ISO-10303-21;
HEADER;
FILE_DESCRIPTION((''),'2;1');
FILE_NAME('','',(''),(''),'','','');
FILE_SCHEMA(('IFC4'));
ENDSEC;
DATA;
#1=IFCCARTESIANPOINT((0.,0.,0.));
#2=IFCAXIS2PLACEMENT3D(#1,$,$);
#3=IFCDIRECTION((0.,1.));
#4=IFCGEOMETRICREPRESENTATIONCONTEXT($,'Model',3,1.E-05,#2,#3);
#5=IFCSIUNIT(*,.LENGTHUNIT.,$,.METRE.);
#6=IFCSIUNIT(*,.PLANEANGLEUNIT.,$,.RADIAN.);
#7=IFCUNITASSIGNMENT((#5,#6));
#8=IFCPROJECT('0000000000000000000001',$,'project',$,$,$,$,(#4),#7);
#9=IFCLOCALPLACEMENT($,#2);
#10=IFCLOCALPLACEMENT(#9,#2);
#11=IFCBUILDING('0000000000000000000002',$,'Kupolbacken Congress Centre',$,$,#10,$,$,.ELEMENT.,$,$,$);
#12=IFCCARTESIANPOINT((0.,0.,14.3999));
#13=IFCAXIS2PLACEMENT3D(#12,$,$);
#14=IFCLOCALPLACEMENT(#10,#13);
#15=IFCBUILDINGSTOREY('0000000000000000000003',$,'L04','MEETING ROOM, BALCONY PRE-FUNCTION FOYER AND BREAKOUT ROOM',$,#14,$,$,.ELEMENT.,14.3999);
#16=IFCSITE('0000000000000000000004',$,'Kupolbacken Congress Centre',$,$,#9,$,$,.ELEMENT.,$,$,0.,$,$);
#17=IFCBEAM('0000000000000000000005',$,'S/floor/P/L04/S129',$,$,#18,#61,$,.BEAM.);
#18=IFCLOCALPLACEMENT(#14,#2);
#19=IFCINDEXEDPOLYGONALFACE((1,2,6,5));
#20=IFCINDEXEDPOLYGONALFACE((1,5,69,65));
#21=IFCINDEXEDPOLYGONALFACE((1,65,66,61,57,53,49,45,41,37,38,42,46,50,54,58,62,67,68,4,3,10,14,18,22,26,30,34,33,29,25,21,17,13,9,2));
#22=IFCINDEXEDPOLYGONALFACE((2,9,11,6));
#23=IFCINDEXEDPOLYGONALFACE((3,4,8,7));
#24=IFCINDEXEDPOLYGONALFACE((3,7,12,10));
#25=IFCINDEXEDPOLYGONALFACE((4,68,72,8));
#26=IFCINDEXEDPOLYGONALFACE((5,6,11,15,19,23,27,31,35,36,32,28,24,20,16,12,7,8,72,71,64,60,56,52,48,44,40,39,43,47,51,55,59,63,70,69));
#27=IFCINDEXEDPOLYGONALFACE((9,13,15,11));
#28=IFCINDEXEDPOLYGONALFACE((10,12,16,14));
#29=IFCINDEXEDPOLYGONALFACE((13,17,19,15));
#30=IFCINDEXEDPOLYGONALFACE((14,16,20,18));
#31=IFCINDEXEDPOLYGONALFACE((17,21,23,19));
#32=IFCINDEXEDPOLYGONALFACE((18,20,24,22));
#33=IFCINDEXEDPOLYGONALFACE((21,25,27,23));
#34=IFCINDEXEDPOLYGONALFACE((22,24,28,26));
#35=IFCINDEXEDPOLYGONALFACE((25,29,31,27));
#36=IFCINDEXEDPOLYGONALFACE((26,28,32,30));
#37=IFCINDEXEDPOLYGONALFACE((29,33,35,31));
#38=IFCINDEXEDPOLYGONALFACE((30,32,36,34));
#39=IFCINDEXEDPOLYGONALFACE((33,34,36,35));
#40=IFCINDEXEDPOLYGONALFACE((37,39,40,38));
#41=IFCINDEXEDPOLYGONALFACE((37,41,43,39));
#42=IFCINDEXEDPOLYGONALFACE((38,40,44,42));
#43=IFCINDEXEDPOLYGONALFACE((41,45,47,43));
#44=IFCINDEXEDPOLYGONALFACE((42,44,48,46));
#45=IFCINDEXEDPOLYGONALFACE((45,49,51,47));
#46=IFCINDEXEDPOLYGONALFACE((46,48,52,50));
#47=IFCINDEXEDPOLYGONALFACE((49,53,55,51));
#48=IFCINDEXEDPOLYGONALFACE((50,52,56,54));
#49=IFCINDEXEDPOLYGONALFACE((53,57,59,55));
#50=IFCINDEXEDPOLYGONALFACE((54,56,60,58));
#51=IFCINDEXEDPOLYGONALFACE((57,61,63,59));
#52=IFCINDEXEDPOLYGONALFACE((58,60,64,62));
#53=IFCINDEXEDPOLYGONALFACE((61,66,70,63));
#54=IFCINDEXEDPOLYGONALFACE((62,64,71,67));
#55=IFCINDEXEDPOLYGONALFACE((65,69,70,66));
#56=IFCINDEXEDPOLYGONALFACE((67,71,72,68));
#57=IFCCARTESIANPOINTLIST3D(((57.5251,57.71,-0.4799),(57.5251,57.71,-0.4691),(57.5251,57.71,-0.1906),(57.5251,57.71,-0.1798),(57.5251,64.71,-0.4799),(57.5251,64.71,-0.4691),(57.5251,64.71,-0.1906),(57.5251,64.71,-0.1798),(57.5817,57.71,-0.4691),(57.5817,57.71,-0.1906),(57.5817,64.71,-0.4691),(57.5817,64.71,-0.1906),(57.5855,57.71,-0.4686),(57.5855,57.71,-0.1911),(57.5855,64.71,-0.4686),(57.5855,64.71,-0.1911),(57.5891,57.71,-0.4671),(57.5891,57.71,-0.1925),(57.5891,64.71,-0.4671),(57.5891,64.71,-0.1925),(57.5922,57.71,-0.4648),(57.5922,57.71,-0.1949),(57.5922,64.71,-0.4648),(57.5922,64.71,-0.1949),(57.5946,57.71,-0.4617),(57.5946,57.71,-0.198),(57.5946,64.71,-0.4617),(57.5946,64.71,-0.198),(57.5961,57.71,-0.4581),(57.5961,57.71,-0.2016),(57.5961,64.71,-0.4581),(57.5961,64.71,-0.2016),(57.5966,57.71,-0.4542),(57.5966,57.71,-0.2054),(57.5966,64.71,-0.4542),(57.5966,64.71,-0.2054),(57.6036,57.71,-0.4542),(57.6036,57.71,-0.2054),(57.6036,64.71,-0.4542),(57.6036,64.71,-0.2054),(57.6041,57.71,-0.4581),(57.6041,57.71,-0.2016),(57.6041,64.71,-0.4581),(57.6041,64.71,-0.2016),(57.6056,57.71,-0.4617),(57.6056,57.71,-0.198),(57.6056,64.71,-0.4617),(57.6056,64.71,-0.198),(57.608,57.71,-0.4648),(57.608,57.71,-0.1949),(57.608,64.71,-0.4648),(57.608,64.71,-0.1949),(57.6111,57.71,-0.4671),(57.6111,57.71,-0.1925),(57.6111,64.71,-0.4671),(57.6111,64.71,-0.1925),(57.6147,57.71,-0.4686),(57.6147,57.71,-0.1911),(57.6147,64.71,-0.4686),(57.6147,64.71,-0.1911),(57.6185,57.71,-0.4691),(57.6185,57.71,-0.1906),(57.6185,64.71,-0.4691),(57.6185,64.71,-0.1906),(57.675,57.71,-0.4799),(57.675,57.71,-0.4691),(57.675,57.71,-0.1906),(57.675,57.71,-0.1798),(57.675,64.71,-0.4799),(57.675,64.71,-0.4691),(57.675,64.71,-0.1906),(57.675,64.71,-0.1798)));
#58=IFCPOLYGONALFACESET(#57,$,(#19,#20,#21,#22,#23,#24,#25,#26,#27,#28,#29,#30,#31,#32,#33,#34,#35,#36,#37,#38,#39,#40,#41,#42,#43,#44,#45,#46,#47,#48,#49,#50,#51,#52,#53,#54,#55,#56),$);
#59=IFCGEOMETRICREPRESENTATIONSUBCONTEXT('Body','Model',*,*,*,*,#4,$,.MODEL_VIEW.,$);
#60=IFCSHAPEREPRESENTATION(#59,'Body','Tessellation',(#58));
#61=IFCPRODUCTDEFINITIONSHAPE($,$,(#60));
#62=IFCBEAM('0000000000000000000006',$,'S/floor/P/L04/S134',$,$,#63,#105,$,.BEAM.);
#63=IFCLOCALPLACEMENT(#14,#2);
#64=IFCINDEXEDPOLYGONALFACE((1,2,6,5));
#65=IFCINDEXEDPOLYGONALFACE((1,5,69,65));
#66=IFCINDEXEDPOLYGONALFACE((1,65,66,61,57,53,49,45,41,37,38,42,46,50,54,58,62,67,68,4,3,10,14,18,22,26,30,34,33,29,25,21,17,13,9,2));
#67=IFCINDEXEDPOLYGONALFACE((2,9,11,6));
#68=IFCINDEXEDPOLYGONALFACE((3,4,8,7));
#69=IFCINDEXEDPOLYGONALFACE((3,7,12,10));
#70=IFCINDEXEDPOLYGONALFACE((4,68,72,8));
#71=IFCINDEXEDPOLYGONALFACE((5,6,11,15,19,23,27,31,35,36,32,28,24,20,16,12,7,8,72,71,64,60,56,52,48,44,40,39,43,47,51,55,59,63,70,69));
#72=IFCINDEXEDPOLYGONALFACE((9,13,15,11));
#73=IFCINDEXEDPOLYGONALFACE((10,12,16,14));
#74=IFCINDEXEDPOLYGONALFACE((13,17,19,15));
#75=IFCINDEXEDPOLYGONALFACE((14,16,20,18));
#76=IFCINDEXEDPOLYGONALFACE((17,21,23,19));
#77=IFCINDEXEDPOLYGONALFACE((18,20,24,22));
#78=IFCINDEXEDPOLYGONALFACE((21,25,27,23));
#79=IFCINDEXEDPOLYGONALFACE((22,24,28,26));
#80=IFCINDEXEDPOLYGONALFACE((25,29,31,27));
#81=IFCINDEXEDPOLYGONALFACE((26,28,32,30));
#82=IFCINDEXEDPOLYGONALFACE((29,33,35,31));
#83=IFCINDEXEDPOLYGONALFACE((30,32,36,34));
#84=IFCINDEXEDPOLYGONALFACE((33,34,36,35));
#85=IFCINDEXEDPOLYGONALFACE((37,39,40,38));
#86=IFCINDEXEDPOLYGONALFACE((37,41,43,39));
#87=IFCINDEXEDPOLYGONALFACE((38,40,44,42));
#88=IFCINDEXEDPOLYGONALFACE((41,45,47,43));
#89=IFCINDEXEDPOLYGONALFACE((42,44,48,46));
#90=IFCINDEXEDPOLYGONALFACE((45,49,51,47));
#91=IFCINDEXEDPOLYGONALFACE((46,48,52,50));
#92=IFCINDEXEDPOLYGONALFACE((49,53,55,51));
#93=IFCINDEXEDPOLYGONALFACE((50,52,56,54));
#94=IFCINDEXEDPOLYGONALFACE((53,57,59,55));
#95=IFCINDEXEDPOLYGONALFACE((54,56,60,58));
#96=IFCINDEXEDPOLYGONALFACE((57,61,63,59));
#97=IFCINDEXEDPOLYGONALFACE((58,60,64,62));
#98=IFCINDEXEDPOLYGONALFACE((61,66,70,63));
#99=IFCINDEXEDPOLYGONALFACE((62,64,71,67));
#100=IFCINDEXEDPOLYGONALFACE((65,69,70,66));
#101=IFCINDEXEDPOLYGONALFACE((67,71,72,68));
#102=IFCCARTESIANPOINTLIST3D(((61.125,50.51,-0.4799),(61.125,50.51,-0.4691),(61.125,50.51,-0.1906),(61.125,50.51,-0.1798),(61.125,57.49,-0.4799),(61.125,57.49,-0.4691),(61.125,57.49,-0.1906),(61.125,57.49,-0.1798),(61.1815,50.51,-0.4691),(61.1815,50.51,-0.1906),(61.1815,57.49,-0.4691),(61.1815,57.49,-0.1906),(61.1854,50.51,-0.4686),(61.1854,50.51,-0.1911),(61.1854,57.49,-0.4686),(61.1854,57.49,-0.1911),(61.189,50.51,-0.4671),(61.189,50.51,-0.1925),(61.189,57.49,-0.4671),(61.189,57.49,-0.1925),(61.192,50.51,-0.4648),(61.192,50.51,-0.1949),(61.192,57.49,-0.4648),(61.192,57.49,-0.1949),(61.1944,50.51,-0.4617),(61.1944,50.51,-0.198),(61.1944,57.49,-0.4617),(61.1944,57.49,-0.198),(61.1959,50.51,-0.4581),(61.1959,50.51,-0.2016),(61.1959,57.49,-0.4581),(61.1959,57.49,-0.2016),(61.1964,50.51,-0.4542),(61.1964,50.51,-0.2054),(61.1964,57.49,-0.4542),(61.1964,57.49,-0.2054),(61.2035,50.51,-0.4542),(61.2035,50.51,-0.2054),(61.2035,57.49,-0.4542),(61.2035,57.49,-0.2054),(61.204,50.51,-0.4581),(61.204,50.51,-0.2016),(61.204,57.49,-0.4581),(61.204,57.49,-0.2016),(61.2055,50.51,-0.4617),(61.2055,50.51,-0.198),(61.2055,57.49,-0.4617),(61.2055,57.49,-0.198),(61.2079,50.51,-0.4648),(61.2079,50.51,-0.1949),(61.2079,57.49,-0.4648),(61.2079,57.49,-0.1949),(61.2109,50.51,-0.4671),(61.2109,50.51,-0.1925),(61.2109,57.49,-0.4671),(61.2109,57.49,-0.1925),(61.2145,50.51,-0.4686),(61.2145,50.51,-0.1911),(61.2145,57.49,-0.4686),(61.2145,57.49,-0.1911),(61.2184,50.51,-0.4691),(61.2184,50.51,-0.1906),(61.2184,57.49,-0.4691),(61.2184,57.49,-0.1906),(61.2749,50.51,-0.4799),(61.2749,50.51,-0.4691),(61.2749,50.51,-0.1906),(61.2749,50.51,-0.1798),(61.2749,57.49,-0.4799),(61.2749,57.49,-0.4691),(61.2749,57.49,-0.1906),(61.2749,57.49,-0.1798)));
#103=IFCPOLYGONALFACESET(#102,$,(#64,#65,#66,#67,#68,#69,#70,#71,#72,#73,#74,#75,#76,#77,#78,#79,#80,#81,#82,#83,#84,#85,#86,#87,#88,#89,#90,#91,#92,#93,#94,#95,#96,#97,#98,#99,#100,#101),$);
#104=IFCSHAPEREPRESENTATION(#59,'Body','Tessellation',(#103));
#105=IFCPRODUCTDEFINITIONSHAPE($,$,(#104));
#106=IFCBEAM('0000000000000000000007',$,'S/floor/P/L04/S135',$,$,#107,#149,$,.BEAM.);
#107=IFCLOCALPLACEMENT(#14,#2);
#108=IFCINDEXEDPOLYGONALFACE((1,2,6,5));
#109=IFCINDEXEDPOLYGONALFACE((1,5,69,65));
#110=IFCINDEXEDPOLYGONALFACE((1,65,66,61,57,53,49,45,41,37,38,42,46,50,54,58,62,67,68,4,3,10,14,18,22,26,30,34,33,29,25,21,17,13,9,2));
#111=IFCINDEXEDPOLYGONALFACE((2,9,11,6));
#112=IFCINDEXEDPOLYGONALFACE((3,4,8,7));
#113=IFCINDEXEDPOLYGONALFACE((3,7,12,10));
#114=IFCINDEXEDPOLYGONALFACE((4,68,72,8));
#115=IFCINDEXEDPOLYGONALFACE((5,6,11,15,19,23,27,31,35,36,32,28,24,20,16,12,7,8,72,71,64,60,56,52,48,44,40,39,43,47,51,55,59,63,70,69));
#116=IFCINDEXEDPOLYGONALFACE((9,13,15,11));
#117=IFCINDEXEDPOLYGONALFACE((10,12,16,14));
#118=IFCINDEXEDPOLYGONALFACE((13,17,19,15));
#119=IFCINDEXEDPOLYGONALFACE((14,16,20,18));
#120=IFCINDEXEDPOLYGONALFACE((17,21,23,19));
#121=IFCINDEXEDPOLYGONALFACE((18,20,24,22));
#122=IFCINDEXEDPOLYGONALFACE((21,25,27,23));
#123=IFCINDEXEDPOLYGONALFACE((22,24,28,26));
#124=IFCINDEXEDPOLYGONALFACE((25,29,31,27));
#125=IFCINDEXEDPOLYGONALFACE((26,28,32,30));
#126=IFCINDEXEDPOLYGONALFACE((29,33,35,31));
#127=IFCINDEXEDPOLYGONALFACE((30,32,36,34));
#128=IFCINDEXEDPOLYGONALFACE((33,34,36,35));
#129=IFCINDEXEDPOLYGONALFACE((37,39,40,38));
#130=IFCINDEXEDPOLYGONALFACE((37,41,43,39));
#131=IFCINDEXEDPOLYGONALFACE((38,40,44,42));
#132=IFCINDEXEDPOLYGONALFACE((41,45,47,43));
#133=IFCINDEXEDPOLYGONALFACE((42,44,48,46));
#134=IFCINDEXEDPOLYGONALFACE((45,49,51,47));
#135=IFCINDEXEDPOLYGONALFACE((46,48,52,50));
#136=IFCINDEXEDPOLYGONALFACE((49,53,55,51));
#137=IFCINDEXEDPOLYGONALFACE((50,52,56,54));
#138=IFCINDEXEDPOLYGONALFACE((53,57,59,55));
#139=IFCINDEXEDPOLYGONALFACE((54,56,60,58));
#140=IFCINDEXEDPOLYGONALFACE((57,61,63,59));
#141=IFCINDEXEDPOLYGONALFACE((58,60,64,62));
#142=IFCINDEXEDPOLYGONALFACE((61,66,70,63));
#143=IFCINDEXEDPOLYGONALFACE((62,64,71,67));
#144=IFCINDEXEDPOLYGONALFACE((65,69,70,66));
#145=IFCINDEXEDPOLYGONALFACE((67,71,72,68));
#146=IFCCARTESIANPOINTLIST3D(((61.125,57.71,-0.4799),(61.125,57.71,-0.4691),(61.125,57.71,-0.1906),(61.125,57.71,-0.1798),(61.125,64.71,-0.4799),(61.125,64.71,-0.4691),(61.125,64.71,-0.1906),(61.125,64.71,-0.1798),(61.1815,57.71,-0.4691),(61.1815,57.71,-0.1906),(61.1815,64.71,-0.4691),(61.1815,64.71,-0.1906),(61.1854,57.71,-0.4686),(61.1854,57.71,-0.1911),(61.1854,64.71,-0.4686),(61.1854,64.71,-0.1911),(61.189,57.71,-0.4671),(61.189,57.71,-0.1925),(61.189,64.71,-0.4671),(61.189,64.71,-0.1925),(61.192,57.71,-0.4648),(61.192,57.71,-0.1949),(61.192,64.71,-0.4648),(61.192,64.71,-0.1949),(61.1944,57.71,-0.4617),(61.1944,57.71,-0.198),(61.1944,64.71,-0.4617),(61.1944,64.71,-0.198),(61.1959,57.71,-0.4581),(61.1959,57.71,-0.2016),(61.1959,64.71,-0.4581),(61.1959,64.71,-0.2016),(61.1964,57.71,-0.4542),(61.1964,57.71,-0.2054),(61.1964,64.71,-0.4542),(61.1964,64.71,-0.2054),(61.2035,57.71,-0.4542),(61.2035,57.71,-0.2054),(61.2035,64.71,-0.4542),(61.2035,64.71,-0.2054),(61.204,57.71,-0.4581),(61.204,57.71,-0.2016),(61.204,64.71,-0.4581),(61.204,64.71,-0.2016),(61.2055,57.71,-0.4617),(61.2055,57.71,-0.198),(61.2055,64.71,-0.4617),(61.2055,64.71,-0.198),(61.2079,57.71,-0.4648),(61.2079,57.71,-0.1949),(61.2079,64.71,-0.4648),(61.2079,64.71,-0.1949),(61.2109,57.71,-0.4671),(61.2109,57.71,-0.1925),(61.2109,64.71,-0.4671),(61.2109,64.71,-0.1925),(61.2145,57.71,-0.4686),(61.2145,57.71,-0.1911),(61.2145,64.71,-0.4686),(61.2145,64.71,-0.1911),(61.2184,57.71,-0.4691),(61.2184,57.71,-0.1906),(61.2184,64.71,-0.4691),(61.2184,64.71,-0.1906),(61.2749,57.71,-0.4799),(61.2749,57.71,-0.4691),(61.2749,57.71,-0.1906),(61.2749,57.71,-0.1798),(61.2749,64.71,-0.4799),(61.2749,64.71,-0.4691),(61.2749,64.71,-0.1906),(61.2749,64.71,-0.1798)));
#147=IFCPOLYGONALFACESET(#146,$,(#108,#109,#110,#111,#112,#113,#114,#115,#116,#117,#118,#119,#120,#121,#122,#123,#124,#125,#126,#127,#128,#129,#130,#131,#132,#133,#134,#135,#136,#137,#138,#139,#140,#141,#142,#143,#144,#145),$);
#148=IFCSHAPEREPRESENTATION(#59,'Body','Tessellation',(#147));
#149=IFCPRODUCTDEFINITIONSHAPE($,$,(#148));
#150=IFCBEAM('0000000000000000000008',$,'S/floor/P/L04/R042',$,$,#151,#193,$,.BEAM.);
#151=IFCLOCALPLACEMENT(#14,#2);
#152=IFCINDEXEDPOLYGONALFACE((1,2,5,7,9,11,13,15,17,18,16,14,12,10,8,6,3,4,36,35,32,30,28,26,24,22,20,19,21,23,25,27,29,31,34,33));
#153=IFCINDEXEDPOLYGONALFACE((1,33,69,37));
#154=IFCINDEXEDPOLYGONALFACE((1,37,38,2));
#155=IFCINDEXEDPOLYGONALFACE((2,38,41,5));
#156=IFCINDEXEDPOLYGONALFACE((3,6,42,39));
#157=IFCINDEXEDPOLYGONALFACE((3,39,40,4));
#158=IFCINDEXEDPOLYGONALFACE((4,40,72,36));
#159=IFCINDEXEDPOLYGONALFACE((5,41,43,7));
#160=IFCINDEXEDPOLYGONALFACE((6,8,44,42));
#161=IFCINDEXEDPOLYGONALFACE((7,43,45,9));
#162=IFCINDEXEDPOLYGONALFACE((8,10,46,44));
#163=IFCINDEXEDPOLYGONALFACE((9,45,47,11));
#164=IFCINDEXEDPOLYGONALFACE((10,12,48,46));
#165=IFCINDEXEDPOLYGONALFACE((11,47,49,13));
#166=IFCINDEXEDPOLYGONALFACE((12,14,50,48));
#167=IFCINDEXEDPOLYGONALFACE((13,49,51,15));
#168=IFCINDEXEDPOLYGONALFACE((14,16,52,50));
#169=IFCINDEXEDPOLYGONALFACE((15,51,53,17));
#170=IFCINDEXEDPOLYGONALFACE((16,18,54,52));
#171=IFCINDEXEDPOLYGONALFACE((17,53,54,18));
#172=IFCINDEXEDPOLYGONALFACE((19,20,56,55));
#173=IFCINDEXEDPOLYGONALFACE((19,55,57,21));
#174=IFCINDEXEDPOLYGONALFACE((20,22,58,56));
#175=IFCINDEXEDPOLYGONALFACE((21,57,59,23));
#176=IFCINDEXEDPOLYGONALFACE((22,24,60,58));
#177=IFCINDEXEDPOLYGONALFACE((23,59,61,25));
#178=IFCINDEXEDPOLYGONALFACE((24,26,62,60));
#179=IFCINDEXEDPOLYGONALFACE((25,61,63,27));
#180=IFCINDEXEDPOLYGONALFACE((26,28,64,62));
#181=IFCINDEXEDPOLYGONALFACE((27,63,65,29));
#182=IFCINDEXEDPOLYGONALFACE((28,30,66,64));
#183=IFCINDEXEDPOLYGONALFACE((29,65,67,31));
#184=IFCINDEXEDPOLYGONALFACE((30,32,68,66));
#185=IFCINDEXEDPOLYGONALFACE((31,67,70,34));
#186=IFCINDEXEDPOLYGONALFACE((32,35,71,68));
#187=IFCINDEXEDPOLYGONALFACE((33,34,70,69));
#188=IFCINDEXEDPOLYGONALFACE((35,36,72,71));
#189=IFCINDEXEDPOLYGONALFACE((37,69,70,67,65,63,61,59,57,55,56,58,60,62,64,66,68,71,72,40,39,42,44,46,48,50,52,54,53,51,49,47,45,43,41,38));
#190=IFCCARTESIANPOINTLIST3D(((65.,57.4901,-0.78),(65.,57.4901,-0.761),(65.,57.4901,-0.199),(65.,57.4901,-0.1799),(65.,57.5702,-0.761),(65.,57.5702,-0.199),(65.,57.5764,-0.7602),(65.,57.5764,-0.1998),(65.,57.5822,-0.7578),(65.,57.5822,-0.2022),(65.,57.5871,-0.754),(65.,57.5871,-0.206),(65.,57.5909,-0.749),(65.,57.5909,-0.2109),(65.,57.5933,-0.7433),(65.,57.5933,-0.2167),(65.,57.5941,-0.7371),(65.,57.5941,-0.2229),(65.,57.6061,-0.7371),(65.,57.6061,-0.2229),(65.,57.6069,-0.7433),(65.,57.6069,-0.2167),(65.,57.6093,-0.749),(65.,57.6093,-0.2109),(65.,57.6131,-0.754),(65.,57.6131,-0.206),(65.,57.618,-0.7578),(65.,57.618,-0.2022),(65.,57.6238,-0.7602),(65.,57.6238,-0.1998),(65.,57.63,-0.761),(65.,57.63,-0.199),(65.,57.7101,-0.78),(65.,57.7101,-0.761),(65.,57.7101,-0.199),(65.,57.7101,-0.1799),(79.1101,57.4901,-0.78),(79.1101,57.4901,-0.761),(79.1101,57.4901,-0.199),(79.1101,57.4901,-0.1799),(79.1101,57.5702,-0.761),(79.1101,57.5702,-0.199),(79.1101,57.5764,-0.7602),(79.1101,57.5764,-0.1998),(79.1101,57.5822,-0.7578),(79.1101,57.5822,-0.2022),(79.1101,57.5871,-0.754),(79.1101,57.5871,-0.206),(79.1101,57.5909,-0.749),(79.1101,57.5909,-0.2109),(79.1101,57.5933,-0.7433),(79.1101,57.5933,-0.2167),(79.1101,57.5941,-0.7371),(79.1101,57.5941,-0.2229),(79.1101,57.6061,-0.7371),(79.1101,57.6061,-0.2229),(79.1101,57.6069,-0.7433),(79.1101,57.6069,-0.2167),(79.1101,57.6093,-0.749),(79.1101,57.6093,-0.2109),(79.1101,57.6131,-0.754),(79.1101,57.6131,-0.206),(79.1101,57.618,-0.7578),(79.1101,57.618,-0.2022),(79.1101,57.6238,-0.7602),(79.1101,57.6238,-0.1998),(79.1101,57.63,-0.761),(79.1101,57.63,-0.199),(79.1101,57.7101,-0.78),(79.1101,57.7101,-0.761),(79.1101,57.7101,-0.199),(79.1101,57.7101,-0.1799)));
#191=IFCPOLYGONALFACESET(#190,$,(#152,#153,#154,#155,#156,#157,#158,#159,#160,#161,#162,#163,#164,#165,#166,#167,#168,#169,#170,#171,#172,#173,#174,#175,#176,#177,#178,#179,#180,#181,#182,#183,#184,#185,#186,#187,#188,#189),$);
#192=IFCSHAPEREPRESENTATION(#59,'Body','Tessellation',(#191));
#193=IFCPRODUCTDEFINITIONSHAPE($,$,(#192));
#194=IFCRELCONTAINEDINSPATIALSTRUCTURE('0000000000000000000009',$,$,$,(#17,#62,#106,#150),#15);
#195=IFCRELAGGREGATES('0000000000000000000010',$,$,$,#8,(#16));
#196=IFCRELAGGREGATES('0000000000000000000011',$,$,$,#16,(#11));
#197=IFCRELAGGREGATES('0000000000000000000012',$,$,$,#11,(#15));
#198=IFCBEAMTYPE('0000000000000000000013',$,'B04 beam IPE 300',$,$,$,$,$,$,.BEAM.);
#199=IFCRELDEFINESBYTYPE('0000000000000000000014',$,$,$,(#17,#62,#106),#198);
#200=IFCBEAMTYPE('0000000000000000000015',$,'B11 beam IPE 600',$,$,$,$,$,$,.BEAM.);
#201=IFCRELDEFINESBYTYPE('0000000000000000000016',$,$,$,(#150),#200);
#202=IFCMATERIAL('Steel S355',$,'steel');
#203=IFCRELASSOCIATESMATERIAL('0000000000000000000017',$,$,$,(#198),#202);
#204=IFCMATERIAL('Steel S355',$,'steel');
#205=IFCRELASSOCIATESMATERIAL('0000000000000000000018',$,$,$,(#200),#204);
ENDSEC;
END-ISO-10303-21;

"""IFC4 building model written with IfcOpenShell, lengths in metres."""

from ifc_helpers import new_model, si_unit, direction, frame, origin, origin_2d, place, context, subcontext, project, spatial, i_section, extrude, material, material_profile, profile_set, type_object, element, save


model = new_model("IFC4")

# Units and contexts
model_context = context("Model", 3, precision=1e-05, world=origin(), true_north=direction((0.0, 1.0)))
body_context = subcontext(model_context, "Body", "Model", "MODEL_VIEW")
ifc_project = project(units=[si_unit("LENGTHUNIT", "METRE"), si_unit("PLANEANGLEUNIT", "RADIAN")], contexts=[model_context])

# Site, building, storey
site_placement = place(None, origin())
site = spatial("IfcSite", under=ifc_project, at=site_placement, Name="Kupolbacken Congress Centre", CompositionType="ELEMENT", RefElevation=0.0)
building_placement = place(site_placement, origin())
building = spatial("IfcBuilding", under=site, at=building_placement, Name="Kupolbacken Congress Centre", CompositionType="ELEMENT")
storey_placement = place(building_placement, frame((0.0, 0.0, 14.3999)))
storey = spatial("IfcBuildingStorey", under=building, at=storey_placement, Name="L04", Description="MEETING ROOM, BALCONY PRE-FUNCTION FOYER AND BREAKOUT ROOM", CompositionType="ELEMENT", Elevation=14.3999)

# Beams
ifc_material_1 = material(Name="Steel S355", Category="steel")
ifc_material_profile_1 = material_profile(ifc_material_1, i_section(OverallWidth=0.1499, OverallDepth=0.3, WebThickness=0.0071, FlangeThickness=0.0107, FilletRadius=0.0149, at=origin_2d()), Name="IPE 300")
ifc_profile_set_1 = profile_set([ifc_material_profile_1], Name="Steel S355")
beam_type_1 = type_object("IfcBeamType", Name="B04 beam IPE 300", PredefinedType="BEAM", material=ifc_profile_set_1)
beam_1_placement = place(storey_placement, frame((57.6001, 57.71, -0.3298), z_axis=(0.0, 1.0, 0.0), x_axis=(-1.0, 0.0, 0.0)))
element("IfcBeam", 1, at=beam_1_placement, inside=storey, type_object=beam_type_1, Name="S/floor/P/L04/S129", PredefinedType="BEAM", context=body_context, shape_type="SweptSolid", body=[
    extrude(i_section(OverallWidth=0.1499, OverallDepth=0.3, WebThickness=0.0071, FlangeThickness=0.0107, FilletRadius=0.0149, at=origin_2d()), origin(), (0.0, 0.0, 1.0), 7.0),
])
beam_2_placement = place(storey_placement, frame((61.2, 50.51, -0.3298), z_axis=(0.0, 1.0, 0.0), x_axis=(-1.0, 0.0, 0.0)))
element("IfcBeam", 2, at=beam_2_placement, inside=storey, type_object=beam_type_1, Name="S/floor/P/L04/S134", PredefinedType="BEAM", context=body_context, shape_type="SweptSolid", body=[
    extrude(i_section(OverallWidth=0.1499, OverallDepth=0.3, WebThickness=0.0071, FlangeThickness=0.0107, FilletRadius=0.0149, at=origin_2d()), origin(), (0.0, 0.0, 1.0), 6.98),
])
beam_3_placement = place(storey_placement, frame((61.2, 57.71, -0.3298), z_axis=(0.0, 1.0, 0.0), x_axis=(-1.0, 0.0, 0.0)))
element("IfcBeam", 3, at=beam_3_placement, inside=storey, type_object=beam_type_1, Name="S/floor/P/L04/S135", PredefinedType="BEAM", context=body_context, shape_type="SweptSolid", body=[
    extrude(i_section(OverallWidth=0.1499, OverallDepth=0.3, WebThickness=0.0071, FlangeThickness=0.0107, FilletRadius=0.0149, at=origin_2d()), origin(), (0.0, 0.0, 1.0), 7.0),
])
ifc_material_2 = material(Name="Steel S355", Category="steel")
ifc_material_profile_2 = material_profile(ifc_material_2, i_section(OverallWidth=0.22, OverallDepth=0.6001, WebThickness=0.012, FlangeThickness=0.019, FilletRadius=0.0239, at=origin_2d()), Name="IPE 600")
ifc_profile_set_2 = profile_set([ifc_material_profile_2], Name="Steel S355")
beam_type_2 = type_object("IfcBeamType", Name="B11 beam IPE 600", PredefinedType="BEAM", material=ifc_profile_set_2)
beam_4_placement = place(storey_placement, frame((65.0, 57.6001, -0.48), z_axis=(1.0, 0.0, 0.0), x_axis=(0.0, 1.0, 0.0)))
element("IfcBeam", 4, at=beam_4_placement, inside=storey, type_object=beam_type_2, Name="S/floor/P/L04/R042", PredefinedType="BEAM", context=body_context, shape_type="SweptSolid", body=[
    extrude(i_section(OverallWidth=0.22, OverallDepth=0.6001, WebThickness=0.012, FlangeThickness=0.019, FilletRadius=0.0239, at=origin_2d()), origin(), (0.0, 0.0, 1.0), 14.1101),
])

save(model, "model.ifc")
